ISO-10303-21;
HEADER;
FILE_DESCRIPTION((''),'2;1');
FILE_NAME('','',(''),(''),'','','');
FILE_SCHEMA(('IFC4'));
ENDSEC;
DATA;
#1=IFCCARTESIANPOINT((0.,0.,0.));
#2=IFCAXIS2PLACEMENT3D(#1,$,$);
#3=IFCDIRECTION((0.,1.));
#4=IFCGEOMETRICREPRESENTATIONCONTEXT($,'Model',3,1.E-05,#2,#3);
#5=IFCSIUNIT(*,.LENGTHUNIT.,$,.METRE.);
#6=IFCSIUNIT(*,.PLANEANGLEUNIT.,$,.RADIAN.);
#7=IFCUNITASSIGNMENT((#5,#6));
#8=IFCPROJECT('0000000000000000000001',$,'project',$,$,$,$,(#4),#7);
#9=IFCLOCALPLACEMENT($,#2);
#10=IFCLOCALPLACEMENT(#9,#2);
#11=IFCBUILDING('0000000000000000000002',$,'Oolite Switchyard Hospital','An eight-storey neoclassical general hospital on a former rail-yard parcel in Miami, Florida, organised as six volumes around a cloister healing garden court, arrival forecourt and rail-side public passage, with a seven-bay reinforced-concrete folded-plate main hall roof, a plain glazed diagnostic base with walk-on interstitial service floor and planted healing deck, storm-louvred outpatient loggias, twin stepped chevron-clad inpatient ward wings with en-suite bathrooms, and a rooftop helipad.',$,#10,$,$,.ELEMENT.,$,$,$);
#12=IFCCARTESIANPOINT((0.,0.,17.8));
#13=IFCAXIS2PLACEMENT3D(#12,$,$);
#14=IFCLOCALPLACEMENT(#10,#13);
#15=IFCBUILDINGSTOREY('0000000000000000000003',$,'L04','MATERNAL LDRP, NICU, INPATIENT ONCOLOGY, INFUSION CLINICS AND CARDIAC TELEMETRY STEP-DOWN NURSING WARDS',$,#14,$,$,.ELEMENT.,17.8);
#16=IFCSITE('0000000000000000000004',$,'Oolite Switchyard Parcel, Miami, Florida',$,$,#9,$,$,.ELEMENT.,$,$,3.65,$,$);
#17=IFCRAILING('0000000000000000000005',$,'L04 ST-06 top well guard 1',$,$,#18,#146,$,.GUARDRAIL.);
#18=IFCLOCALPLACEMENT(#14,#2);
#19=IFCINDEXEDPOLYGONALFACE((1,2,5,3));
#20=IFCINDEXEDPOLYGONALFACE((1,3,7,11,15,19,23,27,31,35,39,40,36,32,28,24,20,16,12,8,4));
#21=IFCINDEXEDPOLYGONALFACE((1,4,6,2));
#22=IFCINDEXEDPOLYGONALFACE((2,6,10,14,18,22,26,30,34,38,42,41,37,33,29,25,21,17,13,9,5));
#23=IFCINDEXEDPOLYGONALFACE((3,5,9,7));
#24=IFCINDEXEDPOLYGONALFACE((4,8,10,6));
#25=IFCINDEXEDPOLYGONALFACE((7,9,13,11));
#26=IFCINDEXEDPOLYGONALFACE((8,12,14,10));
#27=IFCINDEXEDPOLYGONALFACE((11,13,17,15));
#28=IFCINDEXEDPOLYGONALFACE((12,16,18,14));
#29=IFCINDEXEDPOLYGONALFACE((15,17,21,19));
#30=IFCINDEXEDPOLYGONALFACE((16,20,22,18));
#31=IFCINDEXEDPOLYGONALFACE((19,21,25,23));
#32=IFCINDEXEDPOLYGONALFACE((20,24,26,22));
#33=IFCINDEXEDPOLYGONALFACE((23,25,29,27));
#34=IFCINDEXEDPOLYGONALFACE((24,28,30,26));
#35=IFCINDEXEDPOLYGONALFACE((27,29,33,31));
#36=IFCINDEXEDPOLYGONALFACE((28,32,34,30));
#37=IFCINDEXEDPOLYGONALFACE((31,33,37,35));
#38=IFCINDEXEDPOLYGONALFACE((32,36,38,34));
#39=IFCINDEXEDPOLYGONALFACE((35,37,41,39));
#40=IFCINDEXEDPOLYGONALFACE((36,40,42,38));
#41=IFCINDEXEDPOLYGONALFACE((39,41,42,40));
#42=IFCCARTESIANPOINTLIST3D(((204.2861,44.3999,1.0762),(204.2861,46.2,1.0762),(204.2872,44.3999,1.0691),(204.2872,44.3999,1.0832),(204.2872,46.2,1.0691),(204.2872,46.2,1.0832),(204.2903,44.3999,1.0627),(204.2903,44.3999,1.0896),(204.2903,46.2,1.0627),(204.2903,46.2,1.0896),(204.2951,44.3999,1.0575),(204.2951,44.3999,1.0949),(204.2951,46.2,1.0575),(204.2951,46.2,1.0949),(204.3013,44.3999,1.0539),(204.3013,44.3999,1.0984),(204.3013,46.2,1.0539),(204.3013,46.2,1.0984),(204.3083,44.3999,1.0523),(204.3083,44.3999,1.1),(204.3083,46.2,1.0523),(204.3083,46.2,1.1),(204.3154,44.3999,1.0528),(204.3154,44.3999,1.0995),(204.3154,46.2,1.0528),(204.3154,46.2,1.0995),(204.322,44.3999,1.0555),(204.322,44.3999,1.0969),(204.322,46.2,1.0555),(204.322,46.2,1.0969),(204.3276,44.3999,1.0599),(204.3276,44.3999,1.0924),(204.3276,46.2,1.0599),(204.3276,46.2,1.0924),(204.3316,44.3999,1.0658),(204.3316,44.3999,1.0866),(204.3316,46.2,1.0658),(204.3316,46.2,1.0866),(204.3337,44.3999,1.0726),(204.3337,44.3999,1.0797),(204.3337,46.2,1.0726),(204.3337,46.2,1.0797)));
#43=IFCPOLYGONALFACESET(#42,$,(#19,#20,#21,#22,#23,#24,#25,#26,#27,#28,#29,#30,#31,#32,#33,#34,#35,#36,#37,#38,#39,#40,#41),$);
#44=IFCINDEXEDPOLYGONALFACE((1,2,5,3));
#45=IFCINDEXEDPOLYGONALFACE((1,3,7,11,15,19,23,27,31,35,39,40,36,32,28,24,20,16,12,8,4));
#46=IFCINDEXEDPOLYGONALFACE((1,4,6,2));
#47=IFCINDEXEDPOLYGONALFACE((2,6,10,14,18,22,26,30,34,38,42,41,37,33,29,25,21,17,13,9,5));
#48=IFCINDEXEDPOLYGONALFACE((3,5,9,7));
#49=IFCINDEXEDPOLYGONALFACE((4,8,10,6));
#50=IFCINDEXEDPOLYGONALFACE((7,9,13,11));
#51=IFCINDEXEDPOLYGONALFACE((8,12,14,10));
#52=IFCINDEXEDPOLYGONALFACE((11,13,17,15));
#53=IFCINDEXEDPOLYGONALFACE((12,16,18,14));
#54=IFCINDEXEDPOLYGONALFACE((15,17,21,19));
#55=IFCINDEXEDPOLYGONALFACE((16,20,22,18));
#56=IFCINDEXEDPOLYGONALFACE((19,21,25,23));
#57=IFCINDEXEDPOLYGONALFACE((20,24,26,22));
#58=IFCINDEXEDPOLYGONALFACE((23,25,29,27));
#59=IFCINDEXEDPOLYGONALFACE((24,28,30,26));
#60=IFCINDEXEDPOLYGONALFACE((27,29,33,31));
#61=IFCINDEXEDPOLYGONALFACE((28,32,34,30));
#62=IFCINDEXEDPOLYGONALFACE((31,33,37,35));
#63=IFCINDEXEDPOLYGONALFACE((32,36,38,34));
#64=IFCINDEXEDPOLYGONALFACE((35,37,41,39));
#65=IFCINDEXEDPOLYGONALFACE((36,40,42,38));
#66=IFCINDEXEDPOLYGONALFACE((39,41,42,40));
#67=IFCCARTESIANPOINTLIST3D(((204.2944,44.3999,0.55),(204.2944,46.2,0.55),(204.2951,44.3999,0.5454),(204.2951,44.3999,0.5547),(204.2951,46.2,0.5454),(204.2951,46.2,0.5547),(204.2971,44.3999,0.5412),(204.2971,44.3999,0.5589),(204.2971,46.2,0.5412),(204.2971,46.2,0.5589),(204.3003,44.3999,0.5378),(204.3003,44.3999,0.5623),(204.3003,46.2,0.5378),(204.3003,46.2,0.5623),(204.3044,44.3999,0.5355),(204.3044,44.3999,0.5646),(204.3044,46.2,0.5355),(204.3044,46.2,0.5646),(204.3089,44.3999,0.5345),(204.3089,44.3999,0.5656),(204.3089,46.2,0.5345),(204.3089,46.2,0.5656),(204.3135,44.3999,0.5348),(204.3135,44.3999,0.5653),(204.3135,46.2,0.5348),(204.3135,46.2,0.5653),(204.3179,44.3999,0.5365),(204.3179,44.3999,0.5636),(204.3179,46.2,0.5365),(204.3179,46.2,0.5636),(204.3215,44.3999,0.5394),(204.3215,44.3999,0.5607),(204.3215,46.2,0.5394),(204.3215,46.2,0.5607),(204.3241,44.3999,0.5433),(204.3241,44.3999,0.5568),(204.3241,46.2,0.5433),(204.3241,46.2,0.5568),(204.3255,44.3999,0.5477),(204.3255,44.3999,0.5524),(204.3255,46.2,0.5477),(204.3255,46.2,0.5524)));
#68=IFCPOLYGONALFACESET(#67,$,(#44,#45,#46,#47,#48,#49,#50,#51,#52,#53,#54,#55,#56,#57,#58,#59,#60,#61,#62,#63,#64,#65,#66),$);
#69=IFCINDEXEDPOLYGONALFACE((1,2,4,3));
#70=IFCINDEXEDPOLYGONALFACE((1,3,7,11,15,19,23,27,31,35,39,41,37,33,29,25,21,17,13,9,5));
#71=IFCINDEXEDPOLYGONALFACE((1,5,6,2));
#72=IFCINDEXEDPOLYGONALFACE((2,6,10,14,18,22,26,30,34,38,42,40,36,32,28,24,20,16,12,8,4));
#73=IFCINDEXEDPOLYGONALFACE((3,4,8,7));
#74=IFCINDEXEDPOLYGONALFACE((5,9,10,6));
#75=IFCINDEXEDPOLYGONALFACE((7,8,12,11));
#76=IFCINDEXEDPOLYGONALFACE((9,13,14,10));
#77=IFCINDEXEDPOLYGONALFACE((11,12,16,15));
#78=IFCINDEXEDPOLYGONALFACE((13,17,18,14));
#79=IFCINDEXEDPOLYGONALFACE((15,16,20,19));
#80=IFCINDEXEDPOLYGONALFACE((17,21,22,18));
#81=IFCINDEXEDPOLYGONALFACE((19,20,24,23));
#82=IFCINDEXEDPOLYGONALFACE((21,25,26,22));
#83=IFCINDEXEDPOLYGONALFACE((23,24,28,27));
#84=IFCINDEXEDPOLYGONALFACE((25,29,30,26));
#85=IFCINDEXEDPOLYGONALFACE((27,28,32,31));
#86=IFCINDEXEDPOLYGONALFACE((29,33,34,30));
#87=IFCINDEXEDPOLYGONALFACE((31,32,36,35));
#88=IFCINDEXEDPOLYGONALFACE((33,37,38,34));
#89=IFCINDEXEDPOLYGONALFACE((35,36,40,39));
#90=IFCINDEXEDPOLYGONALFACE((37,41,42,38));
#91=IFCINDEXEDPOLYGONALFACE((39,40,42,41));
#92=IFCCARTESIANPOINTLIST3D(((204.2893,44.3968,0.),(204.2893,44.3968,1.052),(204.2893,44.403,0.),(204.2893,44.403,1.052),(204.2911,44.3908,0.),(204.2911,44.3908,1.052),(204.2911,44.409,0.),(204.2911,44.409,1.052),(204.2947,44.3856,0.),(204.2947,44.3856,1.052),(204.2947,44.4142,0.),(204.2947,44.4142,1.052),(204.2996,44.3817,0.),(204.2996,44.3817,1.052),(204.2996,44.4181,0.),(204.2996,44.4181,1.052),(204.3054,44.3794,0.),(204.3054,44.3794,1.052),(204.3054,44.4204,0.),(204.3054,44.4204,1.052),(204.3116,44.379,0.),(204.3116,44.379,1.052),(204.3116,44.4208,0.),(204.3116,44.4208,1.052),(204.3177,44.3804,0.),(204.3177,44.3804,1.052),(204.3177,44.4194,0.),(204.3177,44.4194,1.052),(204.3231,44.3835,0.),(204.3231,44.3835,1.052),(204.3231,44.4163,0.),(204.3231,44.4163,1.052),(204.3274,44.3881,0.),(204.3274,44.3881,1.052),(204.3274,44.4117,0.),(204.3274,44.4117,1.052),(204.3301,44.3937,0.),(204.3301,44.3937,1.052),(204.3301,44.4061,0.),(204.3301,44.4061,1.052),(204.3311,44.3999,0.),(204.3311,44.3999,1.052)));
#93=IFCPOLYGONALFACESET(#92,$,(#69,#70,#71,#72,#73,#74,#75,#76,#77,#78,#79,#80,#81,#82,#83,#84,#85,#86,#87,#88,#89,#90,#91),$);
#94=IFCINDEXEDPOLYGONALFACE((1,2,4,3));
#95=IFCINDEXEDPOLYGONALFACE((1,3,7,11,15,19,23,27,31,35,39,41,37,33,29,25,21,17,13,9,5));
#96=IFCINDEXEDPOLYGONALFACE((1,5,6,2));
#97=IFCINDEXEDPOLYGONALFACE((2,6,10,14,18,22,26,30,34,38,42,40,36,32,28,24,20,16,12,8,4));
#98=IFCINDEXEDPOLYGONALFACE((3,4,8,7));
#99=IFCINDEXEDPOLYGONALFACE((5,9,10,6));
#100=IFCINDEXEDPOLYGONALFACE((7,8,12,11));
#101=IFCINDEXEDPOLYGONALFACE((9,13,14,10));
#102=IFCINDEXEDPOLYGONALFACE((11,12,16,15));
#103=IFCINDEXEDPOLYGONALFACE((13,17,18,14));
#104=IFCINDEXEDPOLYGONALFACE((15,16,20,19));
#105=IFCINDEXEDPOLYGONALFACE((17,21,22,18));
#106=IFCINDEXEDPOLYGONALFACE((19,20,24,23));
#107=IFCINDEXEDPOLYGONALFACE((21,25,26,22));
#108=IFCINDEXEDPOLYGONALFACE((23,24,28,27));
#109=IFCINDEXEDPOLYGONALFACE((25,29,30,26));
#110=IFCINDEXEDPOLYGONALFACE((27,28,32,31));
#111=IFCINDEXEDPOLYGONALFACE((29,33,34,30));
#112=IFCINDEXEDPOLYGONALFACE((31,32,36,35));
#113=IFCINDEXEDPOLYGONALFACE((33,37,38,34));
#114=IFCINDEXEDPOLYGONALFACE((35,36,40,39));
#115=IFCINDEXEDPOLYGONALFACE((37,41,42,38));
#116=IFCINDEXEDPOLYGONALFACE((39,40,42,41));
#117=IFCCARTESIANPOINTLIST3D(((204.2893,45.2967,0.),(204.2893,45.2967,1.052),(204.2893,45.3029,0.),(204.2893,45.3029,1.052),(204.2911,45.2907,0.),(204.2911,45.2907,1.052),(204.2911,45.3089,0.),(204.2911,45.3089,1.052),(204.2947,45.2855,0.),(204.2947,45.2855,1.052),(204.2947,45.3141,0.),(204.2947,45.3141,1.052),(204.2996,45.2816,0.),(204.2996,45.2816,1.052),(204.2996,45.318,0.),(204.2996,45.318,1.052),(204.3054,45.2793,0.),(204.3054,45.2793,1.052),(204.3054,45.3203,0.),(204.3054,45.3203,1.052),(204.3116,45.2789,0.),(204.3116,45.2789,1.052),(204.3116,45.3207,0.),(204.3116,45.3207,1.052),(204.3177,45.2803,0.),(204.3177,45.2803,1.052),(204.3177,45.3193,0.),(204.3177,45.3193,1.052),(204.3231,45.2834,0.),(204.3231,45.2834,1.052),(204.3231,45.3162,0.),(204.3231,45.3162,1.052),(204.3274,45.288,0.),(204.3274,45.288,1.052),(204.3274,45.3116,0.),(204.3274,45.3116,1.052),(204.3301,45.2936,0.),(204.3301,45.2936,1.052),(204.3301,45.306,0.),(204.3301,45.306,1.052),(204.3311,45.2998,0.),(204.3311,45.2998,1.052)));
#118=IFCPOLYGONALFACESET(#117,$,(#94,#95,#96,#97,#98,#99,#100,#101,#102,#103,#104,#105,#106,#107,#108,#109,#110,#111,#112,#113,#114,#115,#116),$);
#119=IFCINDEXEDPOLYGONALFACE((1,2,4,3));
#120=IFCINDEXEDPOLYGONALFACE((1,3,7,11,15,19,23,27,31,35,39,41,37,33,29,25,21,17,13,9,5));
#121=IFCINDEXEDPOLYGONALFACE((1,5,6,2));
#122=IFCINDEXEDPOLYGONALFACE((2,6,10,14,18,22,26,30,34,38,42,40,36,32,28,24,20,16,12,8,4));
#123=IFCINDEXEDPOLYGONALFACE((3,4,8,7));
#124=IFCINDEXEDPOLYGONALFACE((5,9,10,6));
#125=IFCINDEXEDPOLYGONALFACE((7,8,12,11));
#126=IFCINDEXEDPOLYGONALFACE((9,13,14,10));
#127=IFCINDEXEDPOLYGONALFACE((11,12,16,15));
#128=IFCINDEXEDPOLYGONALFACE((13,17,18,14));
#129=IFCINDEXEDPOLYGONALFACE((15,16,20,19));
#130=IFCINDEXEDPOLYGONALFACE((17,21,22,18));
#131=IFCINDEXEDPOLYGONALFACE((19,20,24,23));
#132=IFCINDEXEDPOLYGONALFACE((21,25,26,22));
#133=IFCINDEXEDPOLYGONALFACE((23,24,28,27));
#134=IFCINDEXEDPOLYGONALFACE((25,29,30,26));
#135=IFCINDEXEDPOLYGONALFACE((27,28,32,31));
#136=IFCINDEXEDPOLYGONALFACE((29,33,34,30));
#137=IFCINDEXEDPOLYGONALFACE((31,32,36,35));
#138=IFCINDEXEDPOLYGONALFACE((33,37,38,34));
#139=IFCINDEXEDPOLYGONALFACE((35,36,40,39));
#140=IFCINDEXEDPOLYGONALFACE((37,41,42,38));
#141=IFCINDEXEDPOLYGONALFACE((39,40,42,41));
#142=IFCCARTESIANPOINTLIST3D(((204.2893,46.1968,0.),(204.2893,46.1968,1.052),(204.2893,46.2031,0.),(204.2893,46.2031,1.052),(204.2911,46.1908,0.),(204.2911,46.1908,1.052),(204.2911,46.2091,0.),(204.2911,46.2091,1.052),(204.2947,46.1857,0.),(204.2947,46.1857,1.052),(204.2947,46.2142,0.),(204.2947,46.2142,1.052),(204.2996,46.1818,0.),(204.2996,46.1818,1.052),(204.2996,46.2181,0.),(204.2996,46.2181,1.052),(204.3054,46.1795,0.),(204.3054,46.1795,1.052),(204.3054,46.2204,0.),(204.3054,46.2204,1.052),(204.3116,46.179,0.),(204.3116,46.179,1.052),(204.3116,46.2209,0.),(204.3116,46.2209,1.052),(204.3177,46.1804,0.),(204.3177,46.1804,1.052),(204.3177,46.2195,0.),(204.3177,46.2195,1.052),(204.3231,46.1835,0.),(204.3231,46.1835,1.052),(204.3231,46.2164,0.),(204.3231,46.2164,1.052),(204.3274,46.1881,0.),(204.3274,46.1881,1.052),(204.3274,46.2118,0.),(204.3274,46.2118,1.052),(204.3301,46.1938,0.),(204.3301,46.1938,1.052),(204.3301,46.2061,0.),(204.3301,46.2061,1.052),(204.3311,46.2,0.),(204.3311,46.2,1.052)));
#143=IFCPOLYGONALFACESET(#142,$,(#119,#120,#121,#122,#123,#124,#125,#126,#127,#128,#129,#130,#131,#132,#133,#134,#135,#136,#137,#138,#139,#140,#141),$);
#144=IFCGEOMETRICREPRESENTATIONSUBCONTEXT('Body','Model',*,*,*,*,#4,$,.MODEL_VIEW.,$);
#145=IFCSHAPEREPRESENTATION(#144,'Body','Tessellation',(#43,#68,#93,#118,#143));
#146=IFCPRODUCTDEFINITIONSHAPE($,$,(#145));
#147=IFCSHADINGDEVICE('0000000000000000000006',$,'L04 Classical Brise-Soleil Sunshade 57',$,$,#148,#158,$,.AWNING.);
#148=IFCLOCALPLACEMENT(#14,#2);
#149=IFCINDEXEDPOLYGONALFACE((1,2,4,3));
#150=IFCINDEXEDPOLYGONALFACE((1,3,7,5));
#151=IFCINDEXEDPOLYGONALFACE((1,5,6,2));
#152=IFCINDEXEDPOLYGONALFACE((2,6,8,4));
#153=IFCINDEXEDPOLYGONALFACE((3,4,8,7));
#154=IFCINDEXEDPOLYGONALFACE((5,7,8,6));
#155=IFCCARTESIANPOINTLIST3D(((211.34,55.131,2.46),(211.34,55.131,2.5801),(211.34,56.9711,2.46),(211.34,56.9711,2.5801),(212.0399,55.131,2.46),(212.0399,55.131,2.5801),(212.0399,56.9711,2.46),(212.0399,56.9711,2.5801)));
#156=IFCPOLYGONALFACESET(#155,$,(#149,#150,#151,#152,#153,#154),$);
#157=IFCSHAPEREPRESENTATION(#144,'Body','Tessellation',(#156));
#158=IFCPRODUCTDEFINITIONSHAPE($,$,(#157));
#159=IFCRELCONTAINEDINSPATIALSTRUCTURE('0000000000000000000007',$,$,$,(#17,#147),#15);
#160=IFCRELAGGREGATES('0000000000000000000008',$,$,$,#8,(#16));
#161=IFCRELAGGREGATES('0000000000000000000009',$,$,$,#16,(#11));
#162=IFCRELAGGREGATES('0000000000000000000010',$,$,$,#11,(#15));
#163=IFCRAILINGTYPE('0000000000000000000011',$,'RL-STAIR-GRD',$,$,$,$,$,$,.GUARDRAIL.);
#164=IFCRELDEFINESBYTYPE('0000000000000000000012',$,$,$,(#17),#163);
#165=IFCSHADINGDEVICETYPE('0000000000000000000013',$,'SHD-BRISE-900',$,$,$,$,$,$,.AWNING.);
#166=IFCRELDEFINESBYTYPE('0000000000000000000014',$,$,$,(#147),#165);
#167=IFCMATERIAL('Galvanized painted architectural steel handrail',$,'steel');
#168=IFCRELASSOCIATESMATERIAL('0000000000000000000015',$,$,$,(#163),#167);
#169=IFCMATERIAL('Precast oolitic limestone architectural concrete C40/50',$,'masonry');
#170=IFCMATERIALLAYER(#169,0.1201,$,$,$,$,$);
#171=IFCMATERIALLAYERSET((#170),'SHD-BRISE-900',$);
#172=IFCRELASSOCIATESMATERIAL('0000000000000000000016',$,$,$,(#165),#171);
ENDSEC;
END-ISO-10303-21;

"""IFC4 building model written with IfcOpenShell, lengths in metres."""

from ifc_helpers import new_model, si_unit, direction, frame, origin, origin_2d, place, context, subcontext, project, spatial, rectangle, circle, extrude, material, layer, layer_set, type_object, element, save


model = new_model("IFC4")

# Units and contexts
model_context = context("Model", 3, precision=1e-05, world=origin(), true_north=direction((0.0, 1.0)))
body_context = subcontext(model_context, "Body", "Model", "MODEL_VIEW")
ifc_project = project(units=[si_unit("LENGTHUNIT", "METRE"), si_unit("PLANEANGLEUNIT", "RADIAN")], contexts=[model_context])

# Site, building, storey
site_placement = place(None, origin())
site = spatial("IfcSite", under=ifc_project, at=site_placement, Name="Oolite Switchyard Parcel, Miami, Florida", CompositionType="ELEMENT", RefElevation=3.65)
building_placement = place(site_placement, origin())
building = spatial("IfcBuilding", under=site, at=building_placement, Name="Oolite Switchyard Hospital", Description="An eight-storey neoclassical general hospital on a former rail-yard parcel in Miami, Florida, organised as six volumes around a cloister healing garden court, arrival forecourt and rail-side public passage, with a seven-bay reinforced-concrete folded-plate main hall roof, a plain glazed diagnostic base with walk-on interstitial service floor and planted healing deck, storm-louvred outpatient loggias, twin stepped chevron-clad inpatient ward wings with en-suite bathrooms, and a rooftop helipad.", CompositionType="ELEMENT")
storey_placement = place(building_placement, frame((0.0, 0.0, 17.8)))
storey = spatial("IfcBuildingStorey", under=building, at=storey_placement, Name="L04", Description="MATERNAL LDRP, NICU, INPATIENT ONCOLOGY, INFUSION CLINICS AND CARDIAC TELEMETRY STEP-DOWN NURSING WARDS", CompositionType="ELEMENT", Elevation=17.8)

# Railing
ifc_material_1 = material(Name="Galvanized painted architectural steel handrail", Category="steel")
railing_type = type_object("IfcRailingType", Name="RL-STAIR-GRD", PredefinedType="GUARDRAIL", material=ifc_material_1)
railing_placement = place(storey_placement, frame((204.3101, 44.3999, 0.0)))
element("IfcRailing", 1, at=railing_placement, inside=storey, type_object=railing_type, Name="L04 ST-06 top well guard 1", PredefinedType="GUARDRAIL", context=body_context, shape_type="SweptSolid", body=[
    extrude(circle(Radius=0.0239, at=origin_2d()), frame((0.0, 0.0, 1.0762), z_axis=(0.0, 1.0, 0.0), x_axis=(-1.0, 0.0, 0.0)), (0.0, 0.0, 1.0), 1.8),
    extrude(circle(Radius=0.0156, at=origin_2d()), frame((0.0, 0.0, 0.55), z_axis=(0.0, 1.0, 0.0), x_axis=(-1.0, 0.0, 0.0)), (0.0, 0.0, 1.0), 1.8),
    extrude(circle(Radius=0.021, at=origin_2d()), origin(), (0.0, 0.0, 1.0), 1.052),
    extrude(circle(Radius=0.021, at=origin_2d()), frame((0.0, 0.8999, 0.0)), (0.0, 0.0, 1.0), 1.052),
    extrude(circle(Radius=0.021, at=origin_2d()), frame((0.0, 1.8, 0.0)), (0.0, 0.0, 1.0), 1.052),
])

# Shading device
ifc_material_2 = material(Name="Precast oolitic limestone architectural concrete C40/50", Category="masonry")
ifc_layer_1 = layer(ifc_material_2, 0.1201)
ifc_layer_set_1 = layer_set([ifc_layer_1], Name="SHD-BRISE-900")
shading_device_type = type_object("IfcShadingDeviceType", Name="SHD-BRISE-900", PredefinedType="AWNING", material=ifc_layer_set_1)
shading_device_placement = place(storey_placement, frame((211.6899, 56.051, 2.46), z_axis=(0.0, 0.0, 1.0), x_axis=(0.0, 1.0, 0.0)))
element("IfcShadingDevice", 2, at=shading_device_placement, inside=storey, type_object=shading_device_type, Name="L04 Classical Brise-Soleil Sunshade 57", PredefinedType="AWNING", context=body_context, shape_type="SweptSolid", body=[
    extrude(rectangle(XDim=1.8401, YDim=0.7, at=origin_2d()), origin(), (0.0, 0.0, 1.0), 0.1201),
])

save(model, "model.ifc")
